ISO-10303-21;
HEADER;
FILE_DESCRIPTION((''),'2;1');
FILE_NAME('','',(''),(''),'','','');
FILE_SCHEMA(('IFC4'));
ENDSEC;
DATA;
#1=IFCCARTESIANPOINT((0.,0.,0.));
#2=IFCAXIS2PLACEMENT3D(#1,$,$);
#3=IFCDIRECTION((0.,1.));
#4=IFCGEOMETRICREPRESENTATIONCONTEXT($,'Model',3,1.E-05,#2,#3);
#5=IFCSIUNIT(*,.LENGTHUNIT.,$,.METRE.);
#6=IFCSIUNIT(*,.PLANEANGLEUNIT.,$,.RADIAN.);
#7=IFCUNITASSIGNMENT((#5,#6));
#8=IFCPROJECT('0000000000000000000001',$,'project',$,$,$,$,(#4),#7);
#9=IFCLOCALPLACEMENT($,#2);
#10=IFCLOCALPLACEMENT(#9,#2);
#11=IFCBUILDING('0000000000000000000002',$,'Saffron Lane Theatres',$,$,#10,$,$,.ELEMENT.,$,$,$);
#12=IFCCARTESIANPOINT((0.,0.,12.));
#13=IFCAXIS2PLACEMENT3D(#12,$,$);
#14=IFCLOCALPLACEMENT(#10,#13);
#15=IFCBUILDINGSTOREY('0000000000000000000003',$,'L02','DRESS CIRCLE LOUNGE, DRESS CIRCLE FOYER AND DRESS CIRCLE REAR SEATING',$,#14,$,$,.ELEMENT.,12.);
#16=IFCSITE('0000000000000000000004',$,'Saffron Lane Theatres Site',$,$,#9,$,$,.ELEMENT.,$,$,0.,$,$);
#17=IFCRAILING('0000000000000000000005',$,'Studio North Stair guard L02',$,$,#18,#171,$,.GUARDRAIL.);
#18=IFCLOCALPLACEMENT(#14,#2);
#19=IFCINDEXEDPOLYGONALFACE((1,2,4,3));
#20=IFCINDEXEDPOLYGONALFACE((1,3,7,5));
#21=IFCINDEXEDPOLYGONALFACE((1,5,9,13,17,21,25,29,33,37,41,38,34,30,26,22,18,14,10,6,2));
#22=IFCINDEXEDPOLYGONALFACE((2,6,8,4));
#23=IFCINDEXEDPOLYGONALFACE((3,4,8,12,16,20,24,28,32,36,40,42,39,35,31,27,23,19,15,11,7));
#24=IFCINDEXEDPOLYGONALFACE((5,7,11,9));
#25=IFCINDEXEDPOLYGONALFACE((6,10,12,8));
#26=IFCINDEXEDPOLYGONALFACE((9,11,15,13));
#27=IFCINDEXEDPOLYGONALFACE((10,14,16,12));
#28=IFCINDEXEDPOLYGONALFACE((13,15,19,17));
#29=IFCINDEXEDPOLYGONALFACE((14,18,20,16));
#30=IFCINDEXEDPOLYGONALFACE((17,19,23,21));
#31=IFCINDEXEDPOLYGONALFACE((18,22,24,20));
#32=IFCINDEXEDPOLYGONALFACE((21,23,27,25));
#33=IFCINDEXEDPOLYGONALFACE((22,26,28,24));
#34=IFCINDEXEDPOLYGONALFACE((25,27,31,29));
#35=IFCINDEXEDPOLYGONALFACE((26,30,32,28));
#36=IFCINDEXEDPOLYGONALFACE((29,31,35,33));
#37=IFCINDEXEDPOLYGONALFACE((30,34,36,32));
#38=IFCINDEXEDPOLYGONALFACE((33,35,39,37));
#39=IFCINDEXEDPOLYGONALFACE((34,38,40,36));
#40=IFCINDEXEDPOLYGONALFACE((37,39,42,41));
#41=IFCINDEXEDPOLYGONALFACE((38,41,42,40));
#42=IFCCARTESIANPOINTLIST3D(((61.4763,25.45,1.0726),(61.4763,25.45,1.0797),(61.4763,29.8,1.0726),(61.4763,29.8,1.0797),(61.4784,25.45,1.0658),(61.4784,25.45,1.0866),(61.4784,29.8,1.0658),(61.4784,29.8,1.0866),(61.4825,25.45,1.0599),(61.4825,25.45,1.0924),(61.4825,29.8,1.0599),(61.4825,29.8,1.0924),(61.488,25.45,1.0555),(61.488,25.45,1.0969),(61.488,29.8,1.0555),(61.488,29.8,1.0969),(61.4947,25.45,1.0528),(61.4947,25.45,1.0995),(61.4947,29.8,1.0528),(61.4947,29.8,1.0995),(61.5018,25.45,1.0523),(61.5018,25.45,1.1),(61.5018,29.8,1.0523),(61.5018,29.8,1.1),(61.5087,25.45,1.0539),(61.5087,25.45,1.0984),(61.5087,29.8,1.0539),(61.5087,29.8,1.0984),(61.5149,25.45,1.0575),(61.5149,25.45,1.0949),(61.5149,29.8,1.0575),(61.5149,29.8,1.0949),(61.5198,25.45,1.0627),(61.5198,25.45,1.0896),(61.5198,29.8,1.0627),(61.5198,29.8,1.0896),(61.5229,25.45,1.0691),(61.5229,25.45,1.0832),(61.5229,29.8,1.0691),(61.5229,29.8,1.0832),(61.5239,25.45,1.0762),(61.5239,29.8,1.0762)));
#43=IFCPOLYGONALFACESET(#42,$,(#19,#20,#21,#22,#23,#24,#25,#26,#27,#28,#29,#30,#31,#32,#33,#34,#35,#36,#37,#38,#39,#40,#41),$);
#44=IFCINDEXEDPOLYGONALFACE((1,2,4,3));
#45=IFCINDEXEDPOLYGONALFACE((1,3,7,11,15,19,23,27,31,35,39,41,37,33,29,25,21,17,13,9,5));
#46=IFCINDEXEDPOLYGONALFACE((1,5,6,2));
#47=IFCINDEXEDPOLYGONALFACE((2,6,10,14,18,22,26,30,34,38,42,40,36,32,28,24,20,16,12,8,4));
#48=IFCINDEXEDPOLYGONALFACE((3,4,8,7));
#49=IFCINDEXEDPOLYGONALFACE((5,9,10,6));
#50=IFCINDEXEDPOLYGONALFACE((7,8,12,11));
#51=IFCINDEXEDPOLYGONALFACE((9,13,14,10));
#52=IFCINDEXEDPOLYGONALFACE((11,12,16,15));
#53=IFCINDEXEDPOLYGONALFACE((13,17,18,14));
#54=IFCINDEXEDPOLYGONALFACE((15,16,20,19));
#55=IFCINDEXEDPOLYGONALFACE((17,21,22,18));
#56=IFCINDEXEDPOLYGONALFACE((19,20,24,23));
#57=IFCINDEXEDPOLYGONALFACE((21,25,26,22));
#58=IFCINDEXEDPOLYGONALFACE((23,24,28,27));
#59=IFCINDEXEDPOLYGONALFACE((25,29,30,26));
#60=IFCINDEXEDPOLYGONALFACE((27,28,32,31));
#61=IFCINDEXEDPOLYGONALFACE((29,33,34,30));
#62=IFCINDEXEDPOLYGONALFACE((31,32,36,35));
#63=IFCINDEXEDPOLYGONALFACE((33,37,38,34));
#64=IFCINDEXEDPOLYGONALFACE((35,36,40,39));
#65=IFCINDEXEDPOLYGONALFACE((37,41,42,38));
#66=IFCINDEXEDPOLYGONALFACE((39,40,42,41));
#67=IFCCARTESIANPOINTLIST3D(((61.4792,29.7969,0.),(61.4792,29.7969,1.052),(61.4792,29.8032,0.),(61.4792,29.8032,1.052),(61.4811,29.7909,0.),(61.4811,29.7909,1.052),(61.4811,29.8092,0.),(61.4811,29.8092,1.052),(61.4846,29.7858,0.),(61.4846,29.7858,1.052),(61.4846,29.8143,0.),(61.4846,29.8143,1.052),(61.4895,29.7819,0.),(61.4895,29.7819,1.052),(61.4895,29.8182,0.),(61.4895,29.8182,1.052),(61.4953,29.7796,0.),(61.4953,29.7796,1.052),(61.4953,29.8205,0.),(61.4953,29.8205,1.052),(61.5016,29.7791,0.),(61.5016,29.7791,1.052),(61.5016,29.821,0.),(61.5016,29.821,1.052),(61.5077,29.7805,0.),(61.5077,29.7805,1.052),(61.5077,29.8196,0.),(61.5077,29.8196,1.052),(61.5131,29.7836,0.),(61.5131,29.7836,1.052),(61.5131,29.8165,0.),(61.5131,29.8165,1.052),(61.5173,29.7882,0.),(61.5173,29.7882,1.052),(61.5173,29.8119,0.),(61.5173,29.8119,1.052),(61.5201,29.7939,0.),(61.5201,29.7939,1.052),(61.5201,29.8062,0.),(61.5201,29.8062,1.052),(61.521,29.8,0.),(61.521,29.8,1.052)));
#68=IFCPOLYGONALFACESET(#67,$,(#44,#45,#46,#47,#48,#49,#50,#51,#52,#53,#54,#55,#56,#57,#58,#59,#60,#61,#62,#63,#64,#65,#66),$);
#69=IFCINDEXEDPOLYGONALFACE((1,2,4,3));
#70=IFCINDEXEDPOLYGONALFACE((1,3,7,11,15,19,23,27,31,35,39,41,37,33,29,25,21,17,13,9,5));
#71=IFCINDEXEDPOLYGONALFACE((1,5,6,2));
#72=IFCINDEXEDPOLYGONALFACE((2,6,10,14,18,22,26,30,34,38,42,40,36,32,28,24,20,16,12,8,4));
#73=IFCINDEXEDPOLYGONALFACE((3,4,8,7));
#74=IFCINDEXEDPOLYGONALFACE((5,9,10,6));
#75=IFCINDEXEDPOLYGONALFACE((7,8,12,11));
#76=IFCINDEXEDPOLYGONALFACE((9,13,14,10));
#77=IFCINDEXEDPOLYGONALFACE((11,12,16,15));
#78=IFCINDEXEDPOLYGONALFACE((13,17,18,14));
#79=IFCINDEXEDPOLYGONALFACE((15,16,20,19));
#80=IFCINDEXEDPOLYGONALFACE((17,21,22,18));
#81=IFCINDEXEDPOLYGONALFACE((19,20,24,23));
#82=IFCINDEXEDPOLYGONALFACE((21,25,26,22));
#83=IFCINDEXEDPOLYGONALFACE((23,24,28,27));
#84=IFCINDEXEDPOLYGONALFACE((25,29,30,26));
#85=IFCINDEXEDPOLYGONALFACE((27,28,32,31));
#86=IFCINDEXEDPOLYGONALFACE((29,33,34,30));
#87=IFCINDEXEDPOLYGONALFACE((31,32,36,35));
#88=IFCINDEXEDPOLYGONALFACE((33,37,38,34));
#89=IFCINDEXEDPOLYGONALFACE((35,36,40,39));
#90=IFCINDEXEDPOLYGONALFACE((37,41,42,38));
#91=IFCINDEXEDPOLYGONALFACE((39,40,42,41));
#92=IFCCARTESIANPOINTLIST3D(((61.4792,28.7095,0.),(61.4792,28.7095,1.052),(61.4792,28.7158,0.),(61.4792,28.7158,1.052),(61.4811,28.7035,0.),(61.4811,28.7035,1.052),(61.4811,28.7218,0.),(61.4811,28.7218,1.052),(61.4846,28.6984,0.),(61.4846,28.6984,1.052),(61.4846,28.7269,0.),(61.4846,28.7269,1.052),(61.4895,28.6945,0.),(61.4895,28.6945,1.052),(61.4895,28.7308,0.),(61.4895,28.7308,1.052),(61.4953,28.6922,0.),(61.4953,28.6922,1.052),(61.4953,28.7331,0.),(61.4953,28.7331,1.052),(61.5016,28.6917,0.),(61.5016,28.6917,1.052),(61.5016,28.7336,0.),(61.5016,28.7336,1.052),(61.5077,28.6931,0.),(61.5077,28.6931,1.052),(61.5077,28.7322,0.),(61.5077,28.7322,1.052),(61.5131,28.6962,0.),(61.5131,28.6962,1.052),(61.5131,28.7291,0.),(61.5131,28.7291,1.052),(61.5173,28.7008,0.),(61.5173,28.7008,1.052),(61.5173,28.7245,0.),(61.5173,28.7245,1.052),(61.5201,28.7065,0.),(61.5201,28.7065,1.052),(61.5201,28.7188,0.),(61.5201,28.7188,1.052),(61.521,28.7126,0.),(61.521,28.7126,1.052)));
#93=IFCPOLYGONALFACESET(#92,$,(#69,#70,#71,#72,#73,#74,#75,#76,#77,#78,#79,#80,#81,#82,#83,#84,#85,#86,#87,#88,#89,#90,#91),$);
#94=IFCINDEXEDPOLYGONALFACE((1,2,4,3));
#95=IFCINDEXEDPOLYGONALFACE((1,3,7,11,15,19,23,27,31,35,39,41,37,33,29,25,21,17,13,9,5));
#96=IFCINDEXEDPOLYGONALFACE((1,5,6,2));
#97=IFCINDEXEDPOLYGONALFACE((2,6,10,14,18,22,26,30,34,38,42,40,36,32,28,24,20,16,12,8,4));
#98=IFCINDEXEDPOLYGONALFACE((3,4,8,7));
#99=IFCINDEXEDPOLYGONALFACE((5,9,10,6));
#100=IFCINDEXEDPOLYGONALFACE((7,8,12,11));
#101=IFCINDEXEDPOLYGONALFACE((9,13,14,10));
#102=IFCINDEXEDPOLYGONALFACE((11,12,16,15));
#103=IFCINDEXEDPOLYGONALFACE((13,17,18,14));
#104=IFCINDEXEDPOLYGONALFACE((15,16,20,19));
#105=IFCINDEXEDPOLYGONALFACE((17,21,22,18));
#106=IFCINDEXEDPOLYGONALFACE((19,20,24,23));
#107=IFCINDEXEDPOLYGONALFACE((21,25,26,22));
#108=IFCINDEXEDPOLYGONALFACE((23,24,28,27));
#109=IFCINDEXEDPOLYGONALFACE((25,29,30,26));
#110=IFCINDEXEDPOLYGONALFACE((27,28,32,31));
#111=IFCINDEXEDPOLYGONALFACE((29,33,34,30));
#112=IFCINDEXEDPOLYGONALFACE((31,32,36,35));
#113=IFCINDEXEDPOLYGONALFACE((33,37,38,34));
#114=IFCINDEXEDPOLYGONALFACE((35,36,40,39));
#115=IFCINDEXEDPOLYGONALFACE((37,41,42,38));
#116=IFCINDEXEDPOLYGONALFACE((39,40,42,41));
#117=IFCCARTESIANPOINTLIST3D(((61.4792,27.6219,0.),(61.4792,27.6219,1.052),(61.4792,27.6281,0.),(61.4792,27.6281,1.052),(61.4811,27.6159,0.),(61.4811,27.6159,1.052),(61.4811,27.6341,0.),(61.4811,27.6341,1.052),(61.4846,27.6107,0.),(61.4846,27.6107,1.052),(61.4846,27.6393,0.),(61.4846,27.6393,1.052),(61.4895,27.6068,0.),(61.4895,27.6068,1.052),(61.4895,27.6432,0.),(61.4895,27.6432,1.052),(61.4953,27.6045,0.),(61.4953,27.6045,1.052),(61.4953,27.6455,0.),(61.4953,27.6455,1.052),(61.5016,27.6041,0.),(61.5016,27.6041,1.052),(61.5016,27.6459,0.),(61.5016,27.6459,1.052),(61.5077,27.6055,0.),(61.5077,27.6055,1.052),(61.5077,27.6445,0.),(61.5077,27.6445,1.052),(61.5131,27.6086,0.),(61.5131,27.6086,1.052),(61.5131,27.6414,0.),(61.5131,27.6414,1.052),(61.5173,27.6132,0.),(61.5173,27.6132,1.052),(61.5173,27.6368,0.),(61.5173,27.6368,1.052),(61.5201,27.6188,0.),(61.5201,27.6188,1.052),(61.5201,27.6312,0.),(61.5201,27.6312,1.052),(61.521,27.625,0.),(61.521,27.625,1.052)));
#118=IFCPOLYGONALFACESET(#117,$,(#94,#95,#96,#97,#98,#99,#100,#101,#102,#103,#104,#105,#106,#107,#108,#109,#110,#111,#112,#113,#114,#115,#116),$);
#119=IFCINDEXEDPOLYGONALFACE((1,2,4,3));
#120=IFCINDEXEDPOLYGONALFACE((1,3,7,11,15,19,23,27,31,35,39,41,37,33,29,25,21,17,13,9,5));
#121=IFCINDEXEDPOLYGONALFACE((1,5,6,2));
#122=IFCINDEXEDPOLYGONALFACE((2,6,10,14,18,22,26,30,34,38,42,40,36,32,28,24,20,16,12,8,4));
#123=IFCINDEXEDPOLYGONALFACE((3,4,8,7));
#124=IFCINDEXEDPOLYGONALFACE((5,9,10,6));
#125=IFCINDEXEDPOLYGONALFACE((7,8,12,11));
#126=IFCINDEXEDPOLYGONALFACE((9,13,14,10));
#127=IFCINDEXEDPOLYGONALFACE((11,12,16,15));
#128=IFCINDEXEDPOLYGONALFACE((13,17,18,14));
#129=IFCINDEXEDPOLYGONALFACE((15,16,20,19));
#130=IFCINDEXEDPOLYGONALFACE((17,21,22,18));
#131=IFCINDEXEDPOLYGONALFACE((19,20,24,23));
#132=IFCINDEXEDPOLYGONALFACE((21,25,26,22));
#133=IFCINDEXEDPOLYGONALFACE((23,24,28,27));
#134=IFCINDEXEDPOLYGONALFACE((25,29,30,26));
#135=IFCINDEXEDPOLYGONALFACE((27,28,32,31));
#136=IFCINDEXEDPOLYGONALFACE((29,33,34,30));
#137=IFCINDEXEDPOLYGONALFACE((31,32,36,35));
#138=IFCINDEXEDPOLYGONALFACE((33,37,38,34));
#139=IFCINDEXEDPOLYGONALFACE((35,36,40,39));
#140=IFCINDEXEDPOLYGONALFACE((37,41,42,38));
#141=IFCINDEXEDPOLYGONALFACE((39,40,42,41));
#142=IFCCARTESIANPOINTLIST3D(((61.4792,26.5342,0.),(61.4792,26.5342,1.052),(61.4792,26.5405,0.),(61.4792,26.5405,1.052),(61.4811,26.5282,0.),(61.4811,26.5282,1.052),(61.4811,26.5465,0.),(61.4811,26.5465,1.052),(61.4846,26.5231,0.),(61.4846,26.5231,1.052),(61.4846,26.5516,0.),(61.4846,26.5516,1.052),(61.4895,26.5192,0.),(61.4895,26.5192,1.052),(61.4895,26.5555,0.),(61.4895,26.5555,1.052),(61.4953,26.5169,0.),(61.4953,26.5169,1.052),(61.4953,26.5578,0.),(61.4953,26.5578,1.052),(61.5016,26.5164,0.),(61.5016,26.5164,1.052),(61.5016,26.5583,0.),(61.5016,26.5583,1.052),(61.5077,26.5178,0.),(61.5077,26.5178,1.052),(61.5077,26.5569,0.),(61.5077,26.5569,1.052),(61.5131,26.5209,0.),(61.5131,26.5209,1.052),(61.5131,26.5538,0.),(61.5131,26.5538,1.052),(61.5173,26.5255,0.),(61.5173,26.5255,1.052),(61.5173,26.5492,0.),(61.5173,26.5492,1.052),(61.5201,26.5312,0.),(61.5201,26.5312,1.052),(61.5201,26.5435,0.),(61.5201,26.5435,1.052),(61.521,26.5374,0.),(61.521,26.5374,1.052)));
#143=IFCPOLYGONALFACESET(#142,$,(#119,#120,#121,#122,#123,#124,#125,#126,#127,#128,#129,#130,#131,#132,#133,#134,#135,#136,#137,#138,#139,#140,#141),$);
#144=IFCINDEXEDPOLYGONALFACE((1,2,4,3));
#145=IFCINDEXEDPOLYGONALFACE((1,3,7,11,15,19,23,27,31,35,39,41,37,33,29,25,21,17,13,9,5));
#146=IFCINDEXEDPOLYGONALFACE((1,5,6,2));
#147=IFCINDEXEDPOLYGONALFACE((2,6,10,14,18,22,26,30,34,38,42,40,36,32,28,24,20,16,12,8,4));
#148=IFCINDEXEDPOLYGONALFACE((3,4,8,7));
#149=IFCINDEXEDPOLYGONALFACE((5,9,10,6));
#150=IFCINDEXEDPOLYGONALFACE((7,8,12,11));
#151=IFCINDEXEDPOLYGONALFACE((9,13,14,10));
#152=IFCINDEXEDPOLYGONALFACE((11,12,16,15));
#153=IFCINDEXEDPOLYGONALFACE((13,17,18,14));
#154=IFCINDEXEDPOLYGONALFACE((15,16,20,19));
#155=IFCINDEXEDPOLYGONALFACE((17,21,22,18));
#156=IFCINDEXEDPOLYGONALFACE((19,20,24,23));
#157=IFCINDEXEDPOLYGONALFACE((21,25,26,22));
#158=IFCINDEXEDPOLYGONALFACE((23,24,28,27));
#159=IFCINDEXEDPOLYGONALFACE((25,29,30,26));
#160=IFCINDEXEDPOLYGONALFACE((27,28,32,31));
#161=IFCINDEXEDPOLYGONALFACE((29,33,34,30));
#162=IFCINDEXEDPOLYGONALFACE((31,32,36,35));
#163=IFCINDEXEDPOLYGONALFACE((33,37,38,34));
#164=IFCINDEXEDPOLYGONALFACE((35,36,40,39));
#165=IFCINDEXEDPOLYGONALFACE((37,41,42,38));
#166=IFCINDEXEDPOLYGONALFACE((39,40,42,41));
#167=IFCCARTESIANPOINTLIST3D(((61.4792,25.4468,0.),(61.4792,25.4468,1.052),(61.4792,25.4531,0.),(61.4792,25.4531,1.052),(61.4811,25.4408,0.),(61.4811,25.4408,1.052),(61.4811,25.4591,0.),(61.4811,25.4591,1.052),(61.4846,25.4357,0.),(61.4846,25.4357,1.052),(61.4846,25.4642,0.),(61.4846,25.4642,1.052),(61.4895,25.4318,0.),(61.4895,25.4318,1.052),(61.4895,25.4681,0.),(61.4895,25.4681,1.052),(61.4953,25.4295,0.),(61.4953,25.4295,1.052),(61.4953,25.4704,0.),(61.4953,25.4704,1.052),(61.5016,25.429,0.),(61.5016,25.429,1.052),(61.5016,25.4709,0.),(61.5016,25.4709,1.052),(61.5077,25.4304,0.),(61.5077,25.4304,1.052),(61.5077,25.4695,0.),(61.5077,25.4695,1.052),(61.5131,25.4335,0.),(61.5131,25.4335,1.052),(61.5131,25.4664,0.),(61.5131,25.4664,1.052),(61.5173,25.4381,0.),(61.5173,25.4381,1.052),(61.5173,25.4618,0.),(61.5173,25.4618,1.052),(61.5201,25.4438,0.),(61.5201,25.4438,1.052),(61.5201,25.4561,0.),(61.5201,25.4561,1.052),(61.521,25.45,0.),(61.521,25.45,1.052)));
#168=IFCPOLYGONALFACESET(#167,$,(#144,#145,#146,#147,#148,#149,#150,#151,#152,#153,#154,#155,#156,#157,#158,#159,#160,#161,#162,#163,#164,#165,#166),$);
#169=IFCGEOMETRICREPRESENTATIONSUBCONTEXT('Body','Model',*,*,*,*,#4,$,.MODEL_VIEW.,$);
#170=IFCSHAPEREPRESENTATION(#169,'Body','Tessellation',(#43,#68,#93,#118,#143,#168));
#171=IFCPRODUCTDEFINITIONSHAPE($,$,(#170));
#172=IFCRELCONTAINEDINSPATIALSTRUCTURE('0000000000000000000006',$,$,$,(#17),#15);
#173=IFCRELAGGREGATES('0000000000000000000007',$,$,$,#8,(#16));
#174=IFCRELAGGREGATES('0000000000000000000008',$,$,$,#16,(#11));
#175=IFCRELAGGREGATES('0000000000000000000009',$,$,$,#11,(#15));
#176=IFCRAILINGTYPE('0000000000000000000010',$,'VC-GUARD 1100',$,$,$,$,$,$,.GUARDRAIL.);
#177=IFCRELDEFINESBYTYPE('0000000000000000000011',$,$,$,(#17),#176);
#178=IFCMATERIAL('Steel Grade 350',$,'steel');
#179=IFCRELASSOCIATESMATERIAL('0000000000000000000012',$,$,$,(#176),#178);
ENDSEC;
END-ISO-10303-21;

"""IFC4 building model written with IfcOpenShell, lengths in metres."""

from ifc_helpers import new_model, si_unit, direction, frame, origin, origin_2d, place, context, subcontext, project, spatial, circle, extrude, material, type_object, element, save


model = new_model("IFC4")

# Units and contexts
model_context = context("Model", 3, precision=1e-05, world=origin(), true_north=direction((0.0, 1.0)))
body_context = subcontext(model_context, "Body", "Model", "MODEL_VIEW")
ifc_project = project(units=[si_unit("LENGTHUNIT", "METRE"), si_unit("PLANEANGLEUNIT", "RADIAN")], contexts=[model_context])

# Site, building, storey
site_placement = place(None, origin())
site = spatial("IfcSite", under=ifc_project, at=site_placement, Name="Saffron Lane Theatres Site", CompositionType="ELEMENT", RefElevation=0.0)
building_placement = place(site_placement, origin())
building = spatial("IfcBuilding", under=site, at=building_placement, Name="Saffron Lane Theatres", CompositionType="ELEMENT")
storey_placement = place(building_placement, frame((0.0, 0.0, 12.0)))
storey = spatial("IfcBuildingStorey", under=building, at=storey_placement, Name="L02", Description="DRESS CIRCLE LOUNGE, DRESS CIRCLE FOYER AND DRESS CIRCLE REAR SEATING", CompositionType="ELEMENT", Elevation=12.0)

# Railing
ifc_material_1 = material(Name="Steel Grade 350", Category="steel")
railing_type = type_object("IfcRailingType", Name="VC-GUARD 1100", PredefinedType="GUARDRAIL", material=ifc_material_1)
railing_placement = place(storey_placement, frame((61.5, 29.8, 0.0)))
element("IfcRailing", 1, at=railing_placement, inside=storey, type_object=railing_type, Name="Studio North Stair guard L02", PredefinedType="GUARDRAIL", context=body_context, shape_type="SweptSolid", body=[
    extrude(circle(Radius=0.0239, at=origin_2d()), frame((0.0, 0.0, 1.0762), z_axis=(0.0, -1.0, 0.0), x_axis=(1.0, 0.0, 0.0)), (0.0, 0.0, 1.0), 4.3501),
    extrude(circle(Radius=0.021, at=origin_2d()), origin(), (0.0, 0.0, 1.0), 1.052),
    extrude(circle(Radius=0.021, at=origin_2d()), frame((0.0, -1.0874, 0.0)), (0.0, 0.0, 1.0), 1.052),
    extrude(circle(Radius=0.021, at=origin_2d()), frame((0.0, -2.175, 0.0)), (0.0, 0.0, 1.0), 1.052),
    extrude(circle(Radius=0.021, at=origin_2d()), frame((0.0, -3.2627, 0.0)), (0.0, 0.0, 1.0), 1.052),
    extrude(circle(Radius=0.021, at=origin_2d()), frame((0.0, -4.3501, 0.0)), (0.0, 0.0, 1.0), 1.052),
])

save(model, "model.ifc")
